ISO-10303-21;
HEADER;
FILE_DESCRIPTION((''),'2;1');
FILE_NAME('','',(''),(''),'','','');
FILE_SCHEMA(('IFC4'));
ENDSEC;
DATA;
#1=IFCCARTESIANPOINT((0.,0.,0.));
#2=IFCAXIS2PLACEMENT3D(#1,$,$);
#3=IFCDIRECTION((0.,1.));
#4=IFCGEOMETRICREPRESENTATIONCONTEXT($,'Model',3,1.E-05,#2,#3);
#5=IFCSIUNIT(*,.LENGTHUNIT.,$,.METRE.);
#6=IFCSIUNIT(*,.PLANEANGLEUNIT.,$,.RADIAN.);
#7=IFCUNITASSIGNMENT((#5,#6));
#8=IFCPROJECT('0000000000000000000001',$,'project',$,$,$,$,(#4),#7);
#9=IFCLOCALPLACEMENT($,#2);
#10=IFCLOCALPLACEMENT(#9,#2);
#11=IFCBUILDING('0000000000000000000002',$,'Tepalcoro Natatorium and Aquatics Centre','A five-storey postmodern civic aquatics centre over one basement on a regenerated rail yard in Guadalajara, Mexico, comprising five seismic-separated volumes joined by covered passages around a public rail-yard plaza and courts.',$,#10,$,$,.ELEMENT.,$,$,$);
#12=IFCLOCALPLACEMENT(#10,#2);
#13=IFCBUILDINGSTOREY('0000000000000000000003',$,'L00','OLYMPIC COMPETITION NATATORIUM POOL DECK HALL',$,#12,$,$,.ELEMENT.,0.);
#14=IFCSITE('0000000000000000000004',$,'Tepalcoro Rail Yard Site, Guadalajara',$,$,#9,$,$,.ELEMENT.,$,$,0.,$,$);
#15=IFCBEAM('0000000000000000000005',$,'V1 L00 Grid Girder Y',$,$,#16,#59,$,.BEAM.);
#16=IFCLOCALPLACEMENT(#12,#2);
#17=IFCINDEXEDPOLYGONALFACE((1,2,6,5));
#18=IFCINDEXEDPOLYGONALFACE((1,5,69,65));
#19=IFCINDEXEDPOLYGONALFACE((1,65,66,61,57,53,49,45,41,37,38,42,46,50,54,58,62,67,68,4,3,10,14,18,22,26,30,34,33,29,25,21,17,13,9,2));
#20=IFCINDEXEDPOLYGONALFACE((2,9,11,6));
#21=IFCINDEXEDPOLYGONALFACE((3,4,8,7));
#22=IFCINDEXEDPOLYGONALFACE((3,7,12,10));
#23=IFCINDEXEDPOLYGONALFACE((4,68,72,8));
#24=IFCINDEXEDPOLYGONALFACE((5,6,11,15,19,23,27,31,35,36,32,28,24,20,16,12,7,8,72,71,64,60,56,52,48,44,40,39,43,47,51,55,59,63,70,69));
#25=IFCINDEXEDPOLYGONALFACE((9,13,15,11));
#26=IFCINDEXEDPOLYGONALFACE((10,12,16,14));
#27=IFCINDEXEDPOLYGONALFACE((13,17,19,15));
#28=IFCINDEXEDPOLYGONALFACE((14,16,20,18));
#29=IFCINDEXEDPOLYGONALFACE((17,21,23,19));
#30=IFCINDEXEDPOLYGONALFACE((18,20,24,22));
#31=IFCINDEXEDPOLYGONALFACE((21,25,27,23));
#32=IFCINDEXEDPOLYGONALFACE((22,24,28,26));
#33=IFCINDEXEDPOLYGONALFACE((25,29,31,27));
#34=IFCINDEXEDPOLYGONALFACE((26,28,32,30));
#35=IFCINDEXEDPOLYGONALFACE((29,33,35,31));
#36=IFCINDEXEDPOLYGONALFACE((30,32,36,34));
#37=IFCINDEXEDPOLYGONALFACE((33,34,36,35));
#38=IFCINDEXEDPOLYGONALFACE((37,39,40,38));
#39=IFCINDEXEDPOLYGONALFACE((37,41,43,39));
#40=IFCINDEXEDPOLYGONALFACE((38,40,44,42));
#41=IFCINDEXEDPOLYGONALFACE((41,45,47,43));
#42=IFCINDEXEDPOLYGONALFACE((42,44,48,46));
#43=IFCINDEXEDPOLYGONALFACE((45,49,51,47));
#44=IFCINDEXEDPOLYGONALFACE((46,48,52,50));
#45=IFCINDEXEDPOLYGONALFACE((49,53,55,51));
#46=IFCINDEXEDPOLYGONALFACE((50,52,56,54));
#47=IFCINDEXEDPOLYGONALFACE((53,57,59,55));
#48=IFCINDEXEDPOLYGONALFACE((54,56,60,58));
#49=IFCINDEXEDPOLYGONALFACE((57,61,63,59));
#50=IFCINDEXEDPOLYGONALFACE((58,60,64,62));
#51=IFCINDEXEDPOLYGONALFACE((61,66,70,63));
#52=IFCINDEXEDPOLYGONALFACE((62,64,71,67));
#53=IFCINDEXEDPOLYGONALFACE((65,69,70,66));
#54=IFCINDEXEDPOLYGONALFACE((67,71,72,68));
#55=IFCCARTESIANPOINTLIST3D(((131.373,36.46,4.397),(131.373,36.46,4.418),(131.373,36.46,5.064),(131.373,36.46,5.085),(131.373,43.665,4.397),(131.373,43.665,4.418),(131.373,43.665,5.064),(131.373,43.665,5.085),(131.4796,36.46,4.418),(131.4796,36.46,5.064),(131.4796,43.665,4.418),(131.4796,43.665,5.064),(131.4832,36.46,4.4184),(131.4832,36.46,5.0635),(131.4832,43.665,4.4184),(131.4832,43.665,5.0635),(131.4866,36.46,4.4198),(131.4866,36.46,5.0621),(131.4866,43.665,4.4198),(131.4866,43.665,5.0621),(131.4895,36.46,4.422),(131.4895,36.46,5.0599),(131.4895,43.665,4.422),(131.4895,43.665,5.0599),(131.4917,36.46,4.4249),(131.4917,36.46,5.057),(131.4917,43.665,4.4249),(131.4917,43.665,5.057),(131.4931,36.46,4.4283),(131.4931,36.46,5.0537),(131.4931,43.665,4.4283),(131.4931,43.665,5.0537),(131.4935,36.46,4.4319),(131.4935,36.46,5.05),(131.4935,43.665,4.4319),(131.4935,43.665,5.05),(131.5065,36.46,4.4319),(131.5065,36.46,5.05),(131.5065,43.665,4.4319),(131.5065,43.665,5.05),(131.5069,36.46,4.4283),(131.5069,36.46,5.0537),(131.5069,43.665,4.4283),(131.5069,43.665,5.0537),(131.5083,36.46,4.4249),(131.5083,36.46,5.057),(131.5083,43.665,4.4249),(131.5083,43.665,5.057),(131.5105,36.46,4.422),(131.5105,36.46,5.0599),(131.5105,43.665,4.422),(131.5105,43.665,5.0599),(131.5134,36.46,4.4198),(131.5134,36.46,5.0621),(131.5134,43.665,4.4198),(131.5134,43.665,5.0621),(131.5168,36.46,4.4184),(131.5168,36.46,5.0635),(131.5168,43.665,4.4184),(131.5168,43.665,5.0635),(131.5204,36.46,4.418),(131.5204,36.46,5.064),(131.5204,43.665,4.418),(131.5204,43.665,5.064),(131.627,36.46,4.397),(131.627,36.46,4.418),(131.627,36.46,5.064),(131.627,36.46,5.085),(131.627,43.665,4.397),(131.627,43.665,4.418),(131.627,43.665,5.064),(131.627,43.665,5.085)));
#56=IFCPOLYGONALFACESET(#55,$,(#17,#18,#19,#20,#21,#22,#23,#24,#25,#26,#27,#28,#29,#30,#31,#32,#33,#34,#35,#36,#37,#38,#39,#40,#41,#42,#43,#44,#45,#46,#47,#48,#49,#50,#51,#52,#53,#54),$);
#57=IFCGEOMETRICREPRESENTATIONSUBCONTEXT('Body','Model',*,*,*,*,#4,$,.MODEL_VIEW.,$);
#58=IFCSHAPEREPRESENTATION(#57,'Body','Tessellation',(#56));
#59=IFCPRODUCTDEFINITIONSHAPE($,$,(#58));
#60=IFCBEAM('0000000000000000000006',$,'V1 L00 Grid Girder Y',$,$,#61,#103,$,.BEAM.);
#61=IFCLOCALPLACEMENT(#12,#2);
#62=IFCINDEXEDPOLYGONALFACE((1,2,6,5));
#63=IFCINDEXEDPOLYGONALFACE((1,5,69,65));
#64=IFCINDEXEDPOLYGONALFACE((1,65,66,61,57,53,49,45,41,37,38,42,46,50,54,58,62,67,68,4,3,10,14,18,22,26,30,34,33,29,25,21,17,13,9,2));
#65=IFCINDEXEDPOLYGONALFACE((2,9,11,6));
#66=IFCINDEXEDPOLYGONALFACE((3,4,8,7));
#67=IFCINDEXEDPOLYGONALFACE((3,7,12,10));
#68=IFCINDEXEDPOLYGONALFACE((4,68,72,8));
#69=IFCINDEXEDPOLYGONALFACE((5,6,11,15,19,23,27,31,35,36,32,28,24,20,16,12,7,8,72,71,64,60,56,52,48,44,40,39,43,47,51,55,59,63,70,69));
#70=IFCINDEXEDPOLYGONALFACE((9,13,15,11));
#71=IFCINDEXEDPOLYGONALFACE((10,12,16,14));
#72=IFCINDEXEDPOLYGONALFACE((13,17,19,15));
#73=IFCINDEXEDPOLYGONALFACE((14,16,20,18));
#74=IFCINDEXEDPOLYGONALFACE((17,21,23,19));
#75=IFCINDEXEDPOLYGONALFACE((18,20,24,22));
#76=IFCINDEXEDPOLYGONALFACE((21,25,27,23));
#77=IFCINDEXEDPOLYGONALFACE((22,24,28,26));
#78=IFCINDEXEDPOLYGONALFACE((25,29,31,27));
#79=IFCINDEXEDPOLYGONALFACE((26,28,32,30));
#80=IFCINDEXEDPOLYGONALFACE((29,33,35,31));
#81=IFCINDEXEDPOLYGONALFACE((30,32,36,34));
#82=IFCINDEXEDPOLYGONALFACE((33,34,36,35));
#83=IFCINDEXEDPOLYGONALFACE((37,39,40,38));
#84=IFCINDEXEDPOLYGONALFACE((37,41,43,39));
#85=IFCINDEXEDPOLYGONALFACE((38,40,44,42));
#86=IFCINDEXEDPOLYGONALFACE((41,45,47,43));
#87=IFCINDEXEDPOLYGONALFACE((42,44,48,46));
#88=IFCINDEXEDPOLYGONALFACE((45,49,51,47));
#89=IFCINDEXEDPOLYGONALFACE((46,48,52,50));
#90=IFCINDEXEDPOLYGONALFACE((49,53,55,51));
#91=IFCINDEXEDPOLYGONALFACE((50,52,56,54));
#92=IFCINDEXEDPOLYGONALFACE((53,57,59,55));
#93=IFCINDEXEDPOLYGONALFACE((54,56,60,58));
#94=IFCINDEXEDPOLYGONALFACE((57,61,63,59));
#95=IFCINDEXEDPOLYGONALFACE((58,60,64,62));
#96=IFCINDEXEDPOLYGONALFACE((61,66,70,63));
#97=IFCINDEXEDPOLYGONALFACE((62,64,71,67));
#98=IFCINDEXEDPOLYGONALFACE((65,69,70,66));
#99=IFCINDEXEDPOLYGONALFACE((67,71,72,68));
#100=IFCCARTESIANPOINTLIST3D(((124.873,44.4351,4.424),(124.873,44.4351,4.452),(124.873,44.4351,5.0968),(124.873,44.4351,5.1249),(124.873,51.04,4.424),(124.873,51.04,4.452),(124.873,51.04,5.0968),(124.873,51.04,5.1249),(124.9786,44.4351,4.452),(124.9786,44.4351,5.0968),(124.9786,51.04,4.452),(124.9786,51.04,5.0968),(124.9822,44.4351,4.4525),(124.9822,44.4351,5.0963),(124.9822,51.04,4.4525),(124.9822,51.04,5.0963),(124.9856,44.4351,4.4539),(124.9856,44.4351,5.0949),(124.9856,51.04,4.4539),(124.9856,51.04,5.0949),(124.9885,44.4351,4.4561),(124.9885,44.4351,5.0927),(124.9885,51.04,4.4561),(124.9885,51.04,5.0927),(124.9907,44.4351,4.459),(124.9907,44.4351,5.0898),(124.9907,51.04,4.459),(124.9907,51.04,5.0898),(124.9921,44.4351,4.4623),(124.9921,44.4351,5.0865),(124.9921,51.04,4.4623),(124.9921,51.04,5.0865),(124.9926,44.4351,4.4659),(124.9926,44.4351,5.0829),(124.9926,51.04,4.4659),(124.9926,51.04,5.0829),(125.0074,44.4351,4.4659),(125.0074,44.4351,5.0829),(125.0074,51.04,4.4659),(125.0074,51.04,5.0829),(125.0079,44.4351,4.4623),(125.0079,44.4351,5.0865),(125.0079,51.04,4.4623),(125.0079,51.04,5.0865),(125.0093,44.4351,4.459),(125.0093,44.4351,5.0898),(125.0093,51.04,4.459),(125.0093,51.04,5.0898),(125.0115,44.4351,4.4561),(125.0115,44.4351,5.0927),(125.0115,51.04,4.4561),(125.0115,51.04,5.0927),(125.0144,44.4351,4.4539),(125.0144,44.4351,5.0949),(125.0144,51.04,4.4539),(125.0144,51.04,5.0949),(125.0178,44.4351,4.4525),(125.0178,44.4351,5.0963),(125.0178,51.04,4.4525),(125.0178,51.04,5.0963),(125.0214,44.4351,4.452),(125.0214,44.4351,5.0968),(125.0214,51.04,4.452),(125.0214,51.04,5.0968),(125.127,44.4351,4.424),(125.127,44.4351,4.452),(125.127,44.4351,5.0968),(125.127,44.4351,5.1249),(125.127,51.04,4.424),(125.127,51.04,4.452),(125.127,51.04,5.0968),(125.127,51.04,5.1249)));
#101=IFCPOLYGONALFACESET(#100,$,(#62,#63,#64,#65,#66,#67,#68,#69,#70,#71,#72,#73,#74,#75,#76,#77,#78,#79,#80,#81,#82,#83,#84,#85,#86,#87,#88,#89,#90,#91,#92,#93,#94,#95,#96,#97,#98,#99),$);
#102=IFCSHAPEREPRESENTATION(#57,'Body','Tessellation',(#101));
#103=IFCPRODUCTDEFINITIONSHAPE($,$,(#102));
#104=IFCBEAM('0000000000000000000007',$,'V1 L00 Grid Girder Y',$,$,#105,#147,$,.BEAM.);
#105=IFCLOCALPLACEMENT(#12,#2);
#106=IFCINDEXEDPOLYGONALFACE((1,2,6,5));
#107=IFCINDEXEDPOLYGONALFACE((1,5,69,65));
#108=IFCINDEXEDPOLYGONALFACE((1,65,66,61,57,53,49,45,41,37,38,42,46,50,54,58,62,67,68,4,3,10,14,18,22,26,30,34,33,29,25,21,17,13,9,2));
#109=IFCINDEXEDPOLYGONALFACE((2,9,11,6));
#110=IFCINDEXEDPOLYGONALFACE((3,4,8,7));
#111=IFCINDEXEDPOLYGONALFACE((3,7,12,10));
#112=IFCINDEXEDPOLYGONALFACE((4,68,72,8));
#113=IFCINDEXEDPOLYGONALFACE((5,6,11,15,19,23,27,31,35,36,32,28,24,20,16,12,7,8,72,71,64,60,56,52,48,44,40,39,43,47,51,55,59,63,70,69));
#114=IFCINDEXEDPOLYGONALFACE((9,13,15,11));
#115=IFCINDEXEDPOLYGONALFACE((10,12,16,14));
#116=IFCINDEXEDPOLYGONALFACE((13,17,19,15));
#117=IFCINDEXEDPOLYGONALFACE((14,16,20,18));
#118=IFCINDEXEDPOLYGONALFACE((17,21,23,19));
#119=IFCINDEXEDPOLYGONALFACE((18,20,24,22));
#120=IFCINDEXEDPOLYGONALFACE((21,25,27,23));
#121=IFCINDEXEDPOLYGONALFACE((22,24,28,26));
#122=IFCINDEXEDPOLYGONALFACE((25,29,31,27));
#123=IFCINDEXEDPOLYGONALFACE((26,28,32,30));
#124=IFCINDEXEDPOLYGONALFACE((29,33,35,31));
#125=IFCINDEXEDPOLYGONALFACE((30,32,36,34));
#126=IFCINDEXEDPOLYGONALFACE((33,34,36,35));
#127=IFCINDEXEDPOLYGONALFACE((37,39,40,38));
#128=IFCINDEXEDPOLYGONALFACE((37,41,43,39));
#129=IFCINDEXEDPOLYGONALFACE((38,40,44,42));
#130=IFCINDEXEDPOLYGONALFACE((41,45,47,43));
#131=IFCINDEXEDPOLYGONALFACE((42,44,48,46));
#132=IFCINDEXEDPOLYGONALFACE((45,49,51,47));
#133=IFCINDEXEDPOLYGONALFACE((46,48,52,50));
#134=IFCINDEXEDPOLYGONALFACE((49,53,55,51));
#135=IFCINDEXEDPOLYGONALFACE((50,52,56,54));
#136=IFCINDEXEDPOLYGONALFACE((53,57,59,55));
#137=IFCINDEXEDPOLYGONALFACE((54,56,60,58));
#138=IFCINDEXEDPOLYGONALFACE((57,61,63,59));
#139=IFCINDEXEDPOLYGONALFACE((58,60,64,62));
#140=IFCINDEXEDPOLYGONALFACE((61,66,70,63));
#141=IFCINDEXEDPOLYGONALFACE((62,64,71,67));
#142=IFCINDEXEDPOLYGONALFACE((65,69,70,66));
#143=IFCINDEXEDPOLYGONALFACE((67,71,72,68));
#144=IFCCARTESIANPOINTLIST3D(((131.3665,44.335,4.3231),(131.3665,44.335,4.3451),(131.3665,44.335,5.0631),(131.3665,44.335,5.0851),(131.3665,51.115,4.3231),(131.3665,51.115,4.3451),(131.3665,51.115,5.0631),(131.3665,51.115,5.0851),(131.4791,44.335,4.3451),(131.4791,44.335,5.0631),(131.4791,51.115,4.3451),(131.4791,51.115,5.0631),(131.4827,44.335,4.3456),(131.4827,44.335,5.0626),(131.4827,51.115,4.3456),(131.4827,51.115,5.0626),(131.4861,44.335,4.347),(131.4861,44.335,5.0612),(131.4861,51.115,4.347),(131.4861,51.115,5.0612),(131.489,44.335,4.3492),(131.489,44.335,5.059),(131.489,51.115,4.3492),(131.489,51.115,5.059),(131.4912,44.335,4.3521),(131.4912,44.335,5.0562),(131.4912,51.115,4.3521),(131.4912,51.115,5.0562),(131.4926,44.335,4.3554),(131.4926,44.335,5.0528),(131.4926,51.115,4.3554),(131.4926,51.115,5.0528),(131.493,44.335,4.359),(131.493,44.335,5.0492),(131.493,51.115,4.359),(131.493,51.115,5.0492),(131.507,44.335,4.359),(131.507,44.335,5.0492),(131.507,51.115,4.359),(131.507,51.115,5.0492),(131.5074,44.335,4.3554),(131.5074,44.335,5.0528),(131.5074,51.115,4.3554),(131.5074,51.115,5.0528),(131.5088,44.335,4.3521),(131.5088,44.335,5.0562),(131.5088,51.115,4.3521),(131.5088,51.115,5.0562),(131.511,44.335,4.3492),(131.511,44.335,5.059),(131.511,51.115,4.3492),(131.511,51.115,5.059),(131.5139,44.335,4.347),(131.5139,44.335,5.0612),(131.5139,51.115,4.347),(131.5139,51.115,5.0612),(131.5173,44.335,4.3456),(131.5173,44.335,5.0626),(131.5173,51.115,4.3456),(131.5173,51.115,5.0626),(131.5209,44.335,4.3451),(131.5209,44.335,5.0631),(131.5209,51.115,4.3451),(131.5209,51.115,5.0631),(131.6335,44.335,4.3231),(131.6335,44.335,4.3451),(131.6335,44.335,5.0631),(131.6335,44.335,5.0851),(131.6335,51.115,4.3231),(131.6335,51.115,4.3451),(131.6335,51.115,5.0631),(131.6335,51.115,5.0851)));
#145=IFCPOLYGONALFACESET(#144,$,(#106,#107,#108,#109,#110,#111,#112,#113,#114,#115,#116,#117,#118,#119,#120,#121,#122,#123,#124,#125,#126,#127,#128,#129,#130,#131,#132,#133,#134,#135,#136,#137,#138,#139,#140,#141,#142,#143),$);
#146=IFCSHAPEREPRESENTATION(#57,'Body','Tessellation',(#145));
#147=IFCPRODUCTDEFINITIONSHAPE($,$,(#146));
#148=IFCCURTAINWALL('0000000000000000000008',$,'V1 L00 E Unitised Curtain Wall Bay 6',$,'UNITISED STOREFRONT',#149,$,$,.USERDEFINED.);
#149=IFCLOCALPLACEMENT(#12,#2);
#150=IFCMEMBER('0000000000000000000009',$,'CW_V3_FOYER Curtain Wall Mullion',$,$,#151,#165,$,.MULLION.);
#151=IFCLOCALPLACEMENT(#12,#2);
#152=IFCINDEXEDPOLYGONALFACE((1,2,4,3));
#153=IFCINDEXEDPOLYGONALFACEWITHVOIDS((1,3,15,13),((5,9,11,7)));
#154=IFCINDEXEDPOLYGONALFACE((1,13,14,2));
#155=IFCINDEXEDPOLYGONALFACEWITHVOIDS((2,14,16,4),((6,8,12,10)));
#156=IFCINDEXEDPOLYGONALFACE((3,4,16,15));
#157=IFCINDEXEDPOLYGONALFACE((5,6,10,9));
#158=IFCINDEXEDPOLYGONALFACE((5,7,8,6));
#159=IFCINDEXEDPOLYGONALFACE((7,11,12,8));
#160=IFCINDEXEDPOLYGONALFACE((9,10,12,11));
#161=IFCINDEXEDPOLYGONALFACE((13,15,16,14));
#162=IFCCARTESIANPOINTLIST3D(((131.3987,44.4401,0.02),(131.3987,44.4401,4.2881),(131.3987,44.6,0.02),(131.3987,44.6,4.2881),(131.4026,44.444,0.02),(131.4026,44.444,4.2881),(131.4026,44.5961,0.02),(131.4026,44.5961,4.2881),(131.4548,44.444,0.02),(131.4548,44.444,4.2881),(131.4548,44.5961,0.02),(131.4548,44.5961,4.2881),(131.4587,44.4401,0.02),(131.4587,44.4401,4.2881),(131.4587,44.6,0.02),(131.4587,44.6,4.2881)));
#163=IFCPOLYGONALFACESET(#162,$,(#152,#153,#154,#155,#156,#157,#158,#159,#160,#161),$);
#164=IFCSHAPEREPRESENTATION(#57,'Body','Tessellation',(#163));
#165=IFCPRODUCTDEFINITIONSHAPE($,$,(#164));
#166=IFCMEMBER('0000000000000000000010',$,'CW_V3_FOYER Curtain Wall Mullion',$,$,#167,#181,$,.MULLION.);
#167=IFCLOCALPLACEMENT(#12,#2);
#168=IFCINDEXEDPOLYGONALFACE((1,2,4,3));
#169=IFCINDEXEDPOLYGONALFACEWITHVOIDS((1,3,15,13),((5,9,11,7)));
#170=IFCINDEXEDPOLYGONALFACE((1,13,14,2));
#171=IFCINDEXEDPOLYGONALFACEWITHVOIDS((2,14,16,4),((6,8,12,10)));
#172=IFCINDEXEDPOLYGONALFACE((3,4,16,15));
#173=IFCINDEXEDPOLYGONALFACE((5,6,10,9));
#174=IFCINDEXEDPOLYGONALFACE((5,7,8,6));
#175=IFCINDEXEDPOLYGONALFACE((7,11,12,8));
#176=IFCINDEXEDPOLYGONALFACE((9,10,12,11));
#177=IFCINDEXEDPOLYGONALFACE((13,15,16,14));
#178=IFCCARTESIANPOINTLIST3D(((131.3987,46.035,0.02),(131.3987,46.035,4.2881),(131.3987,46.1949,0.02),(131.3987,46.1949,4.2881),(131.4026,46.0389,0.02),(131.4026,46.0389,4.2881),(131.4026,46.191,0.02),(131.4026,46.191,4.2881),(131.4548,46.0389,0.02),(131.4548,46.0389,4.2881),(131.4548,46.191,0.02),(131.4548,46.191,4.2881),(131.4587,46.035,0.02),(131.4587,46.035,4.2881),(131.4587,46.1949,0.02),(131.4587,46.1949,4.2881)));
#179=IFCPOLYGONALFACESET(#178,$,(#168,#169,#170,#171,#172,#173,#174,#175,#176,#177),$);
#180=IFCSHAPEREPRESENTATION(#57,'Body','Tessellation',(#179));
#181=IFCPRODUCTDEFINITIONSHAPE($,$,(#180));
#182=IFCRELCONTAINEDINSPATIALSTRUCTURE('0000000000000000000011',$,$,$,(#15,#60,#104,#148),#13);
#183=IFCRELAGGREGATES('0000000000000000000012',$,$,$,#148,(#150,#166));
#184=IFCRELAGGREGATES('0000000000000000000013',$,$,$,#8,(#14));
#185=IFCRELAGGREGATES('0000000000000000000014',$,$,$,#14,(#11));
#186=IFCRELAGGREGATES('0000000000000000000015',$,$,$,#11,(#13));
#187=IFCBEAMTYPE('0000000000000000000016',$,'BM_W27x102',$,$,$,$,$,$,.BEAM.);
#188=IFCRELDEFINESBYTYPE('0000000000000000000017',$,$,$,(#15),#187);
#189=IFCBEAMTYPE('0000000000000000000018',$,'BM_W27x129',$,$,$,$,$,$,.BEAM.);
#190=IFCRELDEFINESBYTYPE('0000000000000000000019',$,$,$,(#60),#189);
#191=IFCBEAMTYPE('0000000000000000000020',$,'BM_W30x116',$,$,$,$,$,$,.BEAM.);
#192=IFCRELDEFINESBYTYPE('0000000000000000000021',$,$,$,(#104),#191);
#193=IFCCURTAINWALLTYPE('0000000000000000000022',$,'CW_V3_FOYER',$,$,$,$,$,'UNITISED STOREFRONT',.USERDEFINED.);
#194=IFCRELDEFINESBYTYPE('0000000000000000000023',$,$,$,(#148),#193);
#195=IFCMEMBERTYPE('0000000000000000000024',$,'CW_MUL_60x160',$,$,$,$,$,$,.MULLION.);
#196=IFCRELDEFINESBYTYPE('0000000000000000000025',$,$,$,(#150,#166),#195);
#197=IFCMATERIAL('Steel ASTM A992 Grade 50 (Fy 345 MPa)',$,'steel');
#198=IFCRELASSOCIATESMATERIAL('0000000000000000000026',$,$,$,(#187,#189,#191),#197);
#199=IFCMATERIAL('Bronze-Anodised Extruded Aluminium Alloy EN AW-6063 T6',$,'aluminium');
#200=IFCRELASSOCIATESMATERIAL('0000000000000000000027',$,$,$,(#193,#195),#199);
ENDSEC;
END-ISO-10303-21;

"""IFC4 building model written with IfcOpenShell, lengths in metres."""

from ifc_helpers import new_model, si_unit, direction, frame, origin, origin_2d, place, context, subcontext, project, spatial, hollow_rectangle, i_section, extrude, material, material_profile, profile_set, type_object, element, aggregate, save


model = new_model("IFC4")

# Units and contexts
model_context = context("Model", 3, precision=1e-05, world=origin(), true_north=direction((0.0, 1.0)))
body_context = subcontext(model_context, "Body", "Model", "MODEL_VIEW")
ifc_project = project(units=[si_unit("LENGTHUNIT", "METRE"), si_unit("PLANEANGLEUNIT", "RADIAN")], contexts=[model_context])

# Site, building, storey
site_placement = place(None, origin())
site = spatial("IfcSite", under=ifc_project, at=site_placement, Name="Tepalcoro Rail Yard Site, Guadalajara", CompositionType="ELEMENT", RefElevation=0.0)
building_placement = place(site_placement, origin())
building = spatial("IfcBuilding", under=site, at=building_placement, Name="Tepalcoro Natatorium and Aquatics Centre", Description="A five-storey postmodern civic aquatics centre over one basement on a regenerated rail yard in Guadalajara, Mexico, comprising five seismic-separated volumes joined by covered passages around a public rail-yard plaza and courts.", CompositionType="ELEMENT")
storey_placement = place(building_placement, origin())
storey = spatial("IfcBuildingStorey", under=building, at=storey_placement, Name="L00", Description="OLYMPIC COMPETITION NATATORIUM POOL DECK HALL", CompositionType="ELEMENT", Elevation=0.0)

# Beams
ifc_material_1 = material(Name="Steel ASTM A992 Grade 50 (Fy 345 MPa)", Category="steel")
ifc_material_profile_1 = material_profile(ifc_material_1, i_section(OverallWidth=0.2539, OverallDepth=0.688, WebThickness=0.0129, FlangeThickness=0.021, FilletRadius=0.0139, at=origin_2d()), Name="W27X102")
ifc_profile_set_1 = profile_set([ifc_material_profile_1], Name="Steel ASTM A992 Grade 50 (Fy 345 MPa)")
beam_type_1 = type_object("IfcBeamType", Name="BM_W27x102", PredefinedType="BEAM", material=ifc_profile_set_1)
beam_1_placement = place(storey_placement, frame((131.5, 36.46, 4.741), z_axis=(0.0, 1.0, 0.0), x_axis=(-1.0, 0.0, 0.0)))
element("IfcBeam", 1, at=beam_1_placement, inside=storey, type_object=beam_type_1, Name="V1 L00 Grid Girder Y", PredefinedType="BEAM", context=body_context, shape_type="SweptSolid", body=[
    extrude(i_section(OverallWidth=0.2539, OverallDepth=0.688, WebThickness=0.0129, FlangeThickness=0.021, FilletRadius=0.0139, at=origin_2d()), origin(), (0.0, 0.0, 1.0), 7.2051),
])
ifc_material_profile_2 = material_profile(ifc_material_1, i_section(OverallWidth=0.2539, OverallDepth=0.7009, WebThickness=0.0149, FlangeThickness=0.0281, FilletRadius=0.0139, at=origin_2d()), Name="W27X129")
ifc_profile_set_2 = profile_set([ifc_material_profile_2], Name="Steel ASTM A992 Grade 50 (Fy 345 MPa)")
beam_type_2 = type_object("IfcBeamType", Name="BM_W27x129", PredefinedType="BEAM", material=ifc_profile_set_2)
beam_2_placement = place(storey_placement, frame((125.0, 44.4351, 4.7744), z_axis=(0.0, 1.0, 0.0), x_axis=(-1.0, 0.0, 0.0)))
element("IfcBeam", 2, at=beam_2_placement, inside=storey, type_object=beam_type_2, Name="V1 L00 Grid Girder Y", PredefinedType="BEAM", context=body_context, shape_type="SweptSolid", body=[
    extrude(i_section(OverallWidth=0.2539, OverallDepth=0.7009, WebThickness=0.0149, FlangeThickness=0.0281, FilletRadius=0.0139, at=origin_2d()), origin(), (0.0, 0.0, 1.0), 6.605),
])
ifc_material_profile_3 = material_profile(ifc_material_1, i_section(OverallWidth=0.2671, OverallDepth=0.762, WebThickness=0.0139, FlangeThickness=0.022, FilletRadius=0.0139, at=origin_2d()), Name="W30X116")
ifc_profile_set_3 = profile_set([ifc_material_profile_3], Name="Steel ASTM A992 Grade 50 (Fy 345 MPa)")
beam_type_3 = type_object("IfcBeamType", Name="BM_W30x116", PredefinedType="BEAM", material=ifc_profile_set_3)
beam_3_placement = place(storey_placement, frame((131.5, 44.335, 4.7041), z_axis=(0.0, 1.0, 0.0), x_axis=(-1.0, 0.0, 0.0)))
element("IfcBeam", 3, at=beam_3_placement, inside=storey, type_object=beam_type_3, Name="V1 L00 Grid Girder Y", PredefinedType="BEAM", context=body_context, shape_type="SweptSolid", body=[
    extrude(i_section(OverallWidth=0.2671, OverallDepth=0.762, WebThickness=0.0139, FlangeThickness=0.022, FilletRadius=0.0139, at=origin_2d()), origin(), (0.0, 0.0, 1.0), 6.78),
])

# Curtain wall, members
ifc_material_2 = material(Name="Bronze-Anodised Extruded Aluminium Alloy EN AW-6063 T6", Category="aluminium")
curtain_wall_type = type_object("IfcCurtainWallType", Name="CW_V3_FOYER", ElementType="UNITISED STOREFRONT", PredefinedType="USERDEFINED", material=ifc_material_2)
curtain_wall_placement = place(storey_placement, origin())
curtain_wall = element("IfcCurtainWall", 4, at=curtain_wall_placement, inside=storey, type_object=curtain_wall_type, Name="V1 L00 E Unitised Curtain Wall Bay 6", ObjectType="UNITISED STOREFRONT", PredefinedType="USERDEFINED")
ifc_material_profile_4 = material_profile(ifc_material_2, hollow_rectangle(XDim=0.0601, YDim=0.1599, WallThickness=0.0039, at=origin_2d()), Name="AL60X160X4")
ifc_profile_set_4 = profile_set([ifc_material_profile_4], Name="Bronze-Anodised Extruded Aluminium Alloy EN AW-6063 T6")
member_type_1 = type_object("IfcMemberType", Name="CW_MUL_60x160", PredefinedType="MULLION", material=ifc_profile_set_4)
member_1_placement = place(storey_placement, frame((131.4287, 44.52, 0.02), z_axis=(0.0, 0.0, 1.0), x_axis=(1.0, 0.0, 0.0)))
member_1 = element("IfcMember", 5, at=member_1_placement, type_object=member_type_1, Name="CW_V3_FOYER Curtain Wall Mullion", PredefinedType="MULLION", context=body_context, shape_type="SweptSolid", body=[
    extrude(hollow_rectangle(XDim=0.0601, YDim=0.1599, WallThickness=0.0039, at=origin_2d()), origin(), (0.0, 0.0, 1.0), 4.2681),
])
member_2_placement = place(storey_placement, frame((131.4287, 46.115, 0.02), z_axis=(0.0, 0.0, 1.0), x_axis=(1.0, 0.0, 0.0)))
member_2 = element("IfcMember", 6, at=member_2_placement, type_object=member_type_1, Name="CW_V3_FOYER Curtain Wall Mullion", PredefinedType="MULLION", context=body_context, shape_type="SweptSolid", body=[
    extrude(hollow_rectangle(XDim=0.0601, YDim=0.1599, WallThickness=0.0039, at=origin_2d()), origin(), (0.0, 0.0, 1.0), 4.2681),
])

aggregate(curtain_wall, [member_1, member_2])

save(model, "model.ifc")
